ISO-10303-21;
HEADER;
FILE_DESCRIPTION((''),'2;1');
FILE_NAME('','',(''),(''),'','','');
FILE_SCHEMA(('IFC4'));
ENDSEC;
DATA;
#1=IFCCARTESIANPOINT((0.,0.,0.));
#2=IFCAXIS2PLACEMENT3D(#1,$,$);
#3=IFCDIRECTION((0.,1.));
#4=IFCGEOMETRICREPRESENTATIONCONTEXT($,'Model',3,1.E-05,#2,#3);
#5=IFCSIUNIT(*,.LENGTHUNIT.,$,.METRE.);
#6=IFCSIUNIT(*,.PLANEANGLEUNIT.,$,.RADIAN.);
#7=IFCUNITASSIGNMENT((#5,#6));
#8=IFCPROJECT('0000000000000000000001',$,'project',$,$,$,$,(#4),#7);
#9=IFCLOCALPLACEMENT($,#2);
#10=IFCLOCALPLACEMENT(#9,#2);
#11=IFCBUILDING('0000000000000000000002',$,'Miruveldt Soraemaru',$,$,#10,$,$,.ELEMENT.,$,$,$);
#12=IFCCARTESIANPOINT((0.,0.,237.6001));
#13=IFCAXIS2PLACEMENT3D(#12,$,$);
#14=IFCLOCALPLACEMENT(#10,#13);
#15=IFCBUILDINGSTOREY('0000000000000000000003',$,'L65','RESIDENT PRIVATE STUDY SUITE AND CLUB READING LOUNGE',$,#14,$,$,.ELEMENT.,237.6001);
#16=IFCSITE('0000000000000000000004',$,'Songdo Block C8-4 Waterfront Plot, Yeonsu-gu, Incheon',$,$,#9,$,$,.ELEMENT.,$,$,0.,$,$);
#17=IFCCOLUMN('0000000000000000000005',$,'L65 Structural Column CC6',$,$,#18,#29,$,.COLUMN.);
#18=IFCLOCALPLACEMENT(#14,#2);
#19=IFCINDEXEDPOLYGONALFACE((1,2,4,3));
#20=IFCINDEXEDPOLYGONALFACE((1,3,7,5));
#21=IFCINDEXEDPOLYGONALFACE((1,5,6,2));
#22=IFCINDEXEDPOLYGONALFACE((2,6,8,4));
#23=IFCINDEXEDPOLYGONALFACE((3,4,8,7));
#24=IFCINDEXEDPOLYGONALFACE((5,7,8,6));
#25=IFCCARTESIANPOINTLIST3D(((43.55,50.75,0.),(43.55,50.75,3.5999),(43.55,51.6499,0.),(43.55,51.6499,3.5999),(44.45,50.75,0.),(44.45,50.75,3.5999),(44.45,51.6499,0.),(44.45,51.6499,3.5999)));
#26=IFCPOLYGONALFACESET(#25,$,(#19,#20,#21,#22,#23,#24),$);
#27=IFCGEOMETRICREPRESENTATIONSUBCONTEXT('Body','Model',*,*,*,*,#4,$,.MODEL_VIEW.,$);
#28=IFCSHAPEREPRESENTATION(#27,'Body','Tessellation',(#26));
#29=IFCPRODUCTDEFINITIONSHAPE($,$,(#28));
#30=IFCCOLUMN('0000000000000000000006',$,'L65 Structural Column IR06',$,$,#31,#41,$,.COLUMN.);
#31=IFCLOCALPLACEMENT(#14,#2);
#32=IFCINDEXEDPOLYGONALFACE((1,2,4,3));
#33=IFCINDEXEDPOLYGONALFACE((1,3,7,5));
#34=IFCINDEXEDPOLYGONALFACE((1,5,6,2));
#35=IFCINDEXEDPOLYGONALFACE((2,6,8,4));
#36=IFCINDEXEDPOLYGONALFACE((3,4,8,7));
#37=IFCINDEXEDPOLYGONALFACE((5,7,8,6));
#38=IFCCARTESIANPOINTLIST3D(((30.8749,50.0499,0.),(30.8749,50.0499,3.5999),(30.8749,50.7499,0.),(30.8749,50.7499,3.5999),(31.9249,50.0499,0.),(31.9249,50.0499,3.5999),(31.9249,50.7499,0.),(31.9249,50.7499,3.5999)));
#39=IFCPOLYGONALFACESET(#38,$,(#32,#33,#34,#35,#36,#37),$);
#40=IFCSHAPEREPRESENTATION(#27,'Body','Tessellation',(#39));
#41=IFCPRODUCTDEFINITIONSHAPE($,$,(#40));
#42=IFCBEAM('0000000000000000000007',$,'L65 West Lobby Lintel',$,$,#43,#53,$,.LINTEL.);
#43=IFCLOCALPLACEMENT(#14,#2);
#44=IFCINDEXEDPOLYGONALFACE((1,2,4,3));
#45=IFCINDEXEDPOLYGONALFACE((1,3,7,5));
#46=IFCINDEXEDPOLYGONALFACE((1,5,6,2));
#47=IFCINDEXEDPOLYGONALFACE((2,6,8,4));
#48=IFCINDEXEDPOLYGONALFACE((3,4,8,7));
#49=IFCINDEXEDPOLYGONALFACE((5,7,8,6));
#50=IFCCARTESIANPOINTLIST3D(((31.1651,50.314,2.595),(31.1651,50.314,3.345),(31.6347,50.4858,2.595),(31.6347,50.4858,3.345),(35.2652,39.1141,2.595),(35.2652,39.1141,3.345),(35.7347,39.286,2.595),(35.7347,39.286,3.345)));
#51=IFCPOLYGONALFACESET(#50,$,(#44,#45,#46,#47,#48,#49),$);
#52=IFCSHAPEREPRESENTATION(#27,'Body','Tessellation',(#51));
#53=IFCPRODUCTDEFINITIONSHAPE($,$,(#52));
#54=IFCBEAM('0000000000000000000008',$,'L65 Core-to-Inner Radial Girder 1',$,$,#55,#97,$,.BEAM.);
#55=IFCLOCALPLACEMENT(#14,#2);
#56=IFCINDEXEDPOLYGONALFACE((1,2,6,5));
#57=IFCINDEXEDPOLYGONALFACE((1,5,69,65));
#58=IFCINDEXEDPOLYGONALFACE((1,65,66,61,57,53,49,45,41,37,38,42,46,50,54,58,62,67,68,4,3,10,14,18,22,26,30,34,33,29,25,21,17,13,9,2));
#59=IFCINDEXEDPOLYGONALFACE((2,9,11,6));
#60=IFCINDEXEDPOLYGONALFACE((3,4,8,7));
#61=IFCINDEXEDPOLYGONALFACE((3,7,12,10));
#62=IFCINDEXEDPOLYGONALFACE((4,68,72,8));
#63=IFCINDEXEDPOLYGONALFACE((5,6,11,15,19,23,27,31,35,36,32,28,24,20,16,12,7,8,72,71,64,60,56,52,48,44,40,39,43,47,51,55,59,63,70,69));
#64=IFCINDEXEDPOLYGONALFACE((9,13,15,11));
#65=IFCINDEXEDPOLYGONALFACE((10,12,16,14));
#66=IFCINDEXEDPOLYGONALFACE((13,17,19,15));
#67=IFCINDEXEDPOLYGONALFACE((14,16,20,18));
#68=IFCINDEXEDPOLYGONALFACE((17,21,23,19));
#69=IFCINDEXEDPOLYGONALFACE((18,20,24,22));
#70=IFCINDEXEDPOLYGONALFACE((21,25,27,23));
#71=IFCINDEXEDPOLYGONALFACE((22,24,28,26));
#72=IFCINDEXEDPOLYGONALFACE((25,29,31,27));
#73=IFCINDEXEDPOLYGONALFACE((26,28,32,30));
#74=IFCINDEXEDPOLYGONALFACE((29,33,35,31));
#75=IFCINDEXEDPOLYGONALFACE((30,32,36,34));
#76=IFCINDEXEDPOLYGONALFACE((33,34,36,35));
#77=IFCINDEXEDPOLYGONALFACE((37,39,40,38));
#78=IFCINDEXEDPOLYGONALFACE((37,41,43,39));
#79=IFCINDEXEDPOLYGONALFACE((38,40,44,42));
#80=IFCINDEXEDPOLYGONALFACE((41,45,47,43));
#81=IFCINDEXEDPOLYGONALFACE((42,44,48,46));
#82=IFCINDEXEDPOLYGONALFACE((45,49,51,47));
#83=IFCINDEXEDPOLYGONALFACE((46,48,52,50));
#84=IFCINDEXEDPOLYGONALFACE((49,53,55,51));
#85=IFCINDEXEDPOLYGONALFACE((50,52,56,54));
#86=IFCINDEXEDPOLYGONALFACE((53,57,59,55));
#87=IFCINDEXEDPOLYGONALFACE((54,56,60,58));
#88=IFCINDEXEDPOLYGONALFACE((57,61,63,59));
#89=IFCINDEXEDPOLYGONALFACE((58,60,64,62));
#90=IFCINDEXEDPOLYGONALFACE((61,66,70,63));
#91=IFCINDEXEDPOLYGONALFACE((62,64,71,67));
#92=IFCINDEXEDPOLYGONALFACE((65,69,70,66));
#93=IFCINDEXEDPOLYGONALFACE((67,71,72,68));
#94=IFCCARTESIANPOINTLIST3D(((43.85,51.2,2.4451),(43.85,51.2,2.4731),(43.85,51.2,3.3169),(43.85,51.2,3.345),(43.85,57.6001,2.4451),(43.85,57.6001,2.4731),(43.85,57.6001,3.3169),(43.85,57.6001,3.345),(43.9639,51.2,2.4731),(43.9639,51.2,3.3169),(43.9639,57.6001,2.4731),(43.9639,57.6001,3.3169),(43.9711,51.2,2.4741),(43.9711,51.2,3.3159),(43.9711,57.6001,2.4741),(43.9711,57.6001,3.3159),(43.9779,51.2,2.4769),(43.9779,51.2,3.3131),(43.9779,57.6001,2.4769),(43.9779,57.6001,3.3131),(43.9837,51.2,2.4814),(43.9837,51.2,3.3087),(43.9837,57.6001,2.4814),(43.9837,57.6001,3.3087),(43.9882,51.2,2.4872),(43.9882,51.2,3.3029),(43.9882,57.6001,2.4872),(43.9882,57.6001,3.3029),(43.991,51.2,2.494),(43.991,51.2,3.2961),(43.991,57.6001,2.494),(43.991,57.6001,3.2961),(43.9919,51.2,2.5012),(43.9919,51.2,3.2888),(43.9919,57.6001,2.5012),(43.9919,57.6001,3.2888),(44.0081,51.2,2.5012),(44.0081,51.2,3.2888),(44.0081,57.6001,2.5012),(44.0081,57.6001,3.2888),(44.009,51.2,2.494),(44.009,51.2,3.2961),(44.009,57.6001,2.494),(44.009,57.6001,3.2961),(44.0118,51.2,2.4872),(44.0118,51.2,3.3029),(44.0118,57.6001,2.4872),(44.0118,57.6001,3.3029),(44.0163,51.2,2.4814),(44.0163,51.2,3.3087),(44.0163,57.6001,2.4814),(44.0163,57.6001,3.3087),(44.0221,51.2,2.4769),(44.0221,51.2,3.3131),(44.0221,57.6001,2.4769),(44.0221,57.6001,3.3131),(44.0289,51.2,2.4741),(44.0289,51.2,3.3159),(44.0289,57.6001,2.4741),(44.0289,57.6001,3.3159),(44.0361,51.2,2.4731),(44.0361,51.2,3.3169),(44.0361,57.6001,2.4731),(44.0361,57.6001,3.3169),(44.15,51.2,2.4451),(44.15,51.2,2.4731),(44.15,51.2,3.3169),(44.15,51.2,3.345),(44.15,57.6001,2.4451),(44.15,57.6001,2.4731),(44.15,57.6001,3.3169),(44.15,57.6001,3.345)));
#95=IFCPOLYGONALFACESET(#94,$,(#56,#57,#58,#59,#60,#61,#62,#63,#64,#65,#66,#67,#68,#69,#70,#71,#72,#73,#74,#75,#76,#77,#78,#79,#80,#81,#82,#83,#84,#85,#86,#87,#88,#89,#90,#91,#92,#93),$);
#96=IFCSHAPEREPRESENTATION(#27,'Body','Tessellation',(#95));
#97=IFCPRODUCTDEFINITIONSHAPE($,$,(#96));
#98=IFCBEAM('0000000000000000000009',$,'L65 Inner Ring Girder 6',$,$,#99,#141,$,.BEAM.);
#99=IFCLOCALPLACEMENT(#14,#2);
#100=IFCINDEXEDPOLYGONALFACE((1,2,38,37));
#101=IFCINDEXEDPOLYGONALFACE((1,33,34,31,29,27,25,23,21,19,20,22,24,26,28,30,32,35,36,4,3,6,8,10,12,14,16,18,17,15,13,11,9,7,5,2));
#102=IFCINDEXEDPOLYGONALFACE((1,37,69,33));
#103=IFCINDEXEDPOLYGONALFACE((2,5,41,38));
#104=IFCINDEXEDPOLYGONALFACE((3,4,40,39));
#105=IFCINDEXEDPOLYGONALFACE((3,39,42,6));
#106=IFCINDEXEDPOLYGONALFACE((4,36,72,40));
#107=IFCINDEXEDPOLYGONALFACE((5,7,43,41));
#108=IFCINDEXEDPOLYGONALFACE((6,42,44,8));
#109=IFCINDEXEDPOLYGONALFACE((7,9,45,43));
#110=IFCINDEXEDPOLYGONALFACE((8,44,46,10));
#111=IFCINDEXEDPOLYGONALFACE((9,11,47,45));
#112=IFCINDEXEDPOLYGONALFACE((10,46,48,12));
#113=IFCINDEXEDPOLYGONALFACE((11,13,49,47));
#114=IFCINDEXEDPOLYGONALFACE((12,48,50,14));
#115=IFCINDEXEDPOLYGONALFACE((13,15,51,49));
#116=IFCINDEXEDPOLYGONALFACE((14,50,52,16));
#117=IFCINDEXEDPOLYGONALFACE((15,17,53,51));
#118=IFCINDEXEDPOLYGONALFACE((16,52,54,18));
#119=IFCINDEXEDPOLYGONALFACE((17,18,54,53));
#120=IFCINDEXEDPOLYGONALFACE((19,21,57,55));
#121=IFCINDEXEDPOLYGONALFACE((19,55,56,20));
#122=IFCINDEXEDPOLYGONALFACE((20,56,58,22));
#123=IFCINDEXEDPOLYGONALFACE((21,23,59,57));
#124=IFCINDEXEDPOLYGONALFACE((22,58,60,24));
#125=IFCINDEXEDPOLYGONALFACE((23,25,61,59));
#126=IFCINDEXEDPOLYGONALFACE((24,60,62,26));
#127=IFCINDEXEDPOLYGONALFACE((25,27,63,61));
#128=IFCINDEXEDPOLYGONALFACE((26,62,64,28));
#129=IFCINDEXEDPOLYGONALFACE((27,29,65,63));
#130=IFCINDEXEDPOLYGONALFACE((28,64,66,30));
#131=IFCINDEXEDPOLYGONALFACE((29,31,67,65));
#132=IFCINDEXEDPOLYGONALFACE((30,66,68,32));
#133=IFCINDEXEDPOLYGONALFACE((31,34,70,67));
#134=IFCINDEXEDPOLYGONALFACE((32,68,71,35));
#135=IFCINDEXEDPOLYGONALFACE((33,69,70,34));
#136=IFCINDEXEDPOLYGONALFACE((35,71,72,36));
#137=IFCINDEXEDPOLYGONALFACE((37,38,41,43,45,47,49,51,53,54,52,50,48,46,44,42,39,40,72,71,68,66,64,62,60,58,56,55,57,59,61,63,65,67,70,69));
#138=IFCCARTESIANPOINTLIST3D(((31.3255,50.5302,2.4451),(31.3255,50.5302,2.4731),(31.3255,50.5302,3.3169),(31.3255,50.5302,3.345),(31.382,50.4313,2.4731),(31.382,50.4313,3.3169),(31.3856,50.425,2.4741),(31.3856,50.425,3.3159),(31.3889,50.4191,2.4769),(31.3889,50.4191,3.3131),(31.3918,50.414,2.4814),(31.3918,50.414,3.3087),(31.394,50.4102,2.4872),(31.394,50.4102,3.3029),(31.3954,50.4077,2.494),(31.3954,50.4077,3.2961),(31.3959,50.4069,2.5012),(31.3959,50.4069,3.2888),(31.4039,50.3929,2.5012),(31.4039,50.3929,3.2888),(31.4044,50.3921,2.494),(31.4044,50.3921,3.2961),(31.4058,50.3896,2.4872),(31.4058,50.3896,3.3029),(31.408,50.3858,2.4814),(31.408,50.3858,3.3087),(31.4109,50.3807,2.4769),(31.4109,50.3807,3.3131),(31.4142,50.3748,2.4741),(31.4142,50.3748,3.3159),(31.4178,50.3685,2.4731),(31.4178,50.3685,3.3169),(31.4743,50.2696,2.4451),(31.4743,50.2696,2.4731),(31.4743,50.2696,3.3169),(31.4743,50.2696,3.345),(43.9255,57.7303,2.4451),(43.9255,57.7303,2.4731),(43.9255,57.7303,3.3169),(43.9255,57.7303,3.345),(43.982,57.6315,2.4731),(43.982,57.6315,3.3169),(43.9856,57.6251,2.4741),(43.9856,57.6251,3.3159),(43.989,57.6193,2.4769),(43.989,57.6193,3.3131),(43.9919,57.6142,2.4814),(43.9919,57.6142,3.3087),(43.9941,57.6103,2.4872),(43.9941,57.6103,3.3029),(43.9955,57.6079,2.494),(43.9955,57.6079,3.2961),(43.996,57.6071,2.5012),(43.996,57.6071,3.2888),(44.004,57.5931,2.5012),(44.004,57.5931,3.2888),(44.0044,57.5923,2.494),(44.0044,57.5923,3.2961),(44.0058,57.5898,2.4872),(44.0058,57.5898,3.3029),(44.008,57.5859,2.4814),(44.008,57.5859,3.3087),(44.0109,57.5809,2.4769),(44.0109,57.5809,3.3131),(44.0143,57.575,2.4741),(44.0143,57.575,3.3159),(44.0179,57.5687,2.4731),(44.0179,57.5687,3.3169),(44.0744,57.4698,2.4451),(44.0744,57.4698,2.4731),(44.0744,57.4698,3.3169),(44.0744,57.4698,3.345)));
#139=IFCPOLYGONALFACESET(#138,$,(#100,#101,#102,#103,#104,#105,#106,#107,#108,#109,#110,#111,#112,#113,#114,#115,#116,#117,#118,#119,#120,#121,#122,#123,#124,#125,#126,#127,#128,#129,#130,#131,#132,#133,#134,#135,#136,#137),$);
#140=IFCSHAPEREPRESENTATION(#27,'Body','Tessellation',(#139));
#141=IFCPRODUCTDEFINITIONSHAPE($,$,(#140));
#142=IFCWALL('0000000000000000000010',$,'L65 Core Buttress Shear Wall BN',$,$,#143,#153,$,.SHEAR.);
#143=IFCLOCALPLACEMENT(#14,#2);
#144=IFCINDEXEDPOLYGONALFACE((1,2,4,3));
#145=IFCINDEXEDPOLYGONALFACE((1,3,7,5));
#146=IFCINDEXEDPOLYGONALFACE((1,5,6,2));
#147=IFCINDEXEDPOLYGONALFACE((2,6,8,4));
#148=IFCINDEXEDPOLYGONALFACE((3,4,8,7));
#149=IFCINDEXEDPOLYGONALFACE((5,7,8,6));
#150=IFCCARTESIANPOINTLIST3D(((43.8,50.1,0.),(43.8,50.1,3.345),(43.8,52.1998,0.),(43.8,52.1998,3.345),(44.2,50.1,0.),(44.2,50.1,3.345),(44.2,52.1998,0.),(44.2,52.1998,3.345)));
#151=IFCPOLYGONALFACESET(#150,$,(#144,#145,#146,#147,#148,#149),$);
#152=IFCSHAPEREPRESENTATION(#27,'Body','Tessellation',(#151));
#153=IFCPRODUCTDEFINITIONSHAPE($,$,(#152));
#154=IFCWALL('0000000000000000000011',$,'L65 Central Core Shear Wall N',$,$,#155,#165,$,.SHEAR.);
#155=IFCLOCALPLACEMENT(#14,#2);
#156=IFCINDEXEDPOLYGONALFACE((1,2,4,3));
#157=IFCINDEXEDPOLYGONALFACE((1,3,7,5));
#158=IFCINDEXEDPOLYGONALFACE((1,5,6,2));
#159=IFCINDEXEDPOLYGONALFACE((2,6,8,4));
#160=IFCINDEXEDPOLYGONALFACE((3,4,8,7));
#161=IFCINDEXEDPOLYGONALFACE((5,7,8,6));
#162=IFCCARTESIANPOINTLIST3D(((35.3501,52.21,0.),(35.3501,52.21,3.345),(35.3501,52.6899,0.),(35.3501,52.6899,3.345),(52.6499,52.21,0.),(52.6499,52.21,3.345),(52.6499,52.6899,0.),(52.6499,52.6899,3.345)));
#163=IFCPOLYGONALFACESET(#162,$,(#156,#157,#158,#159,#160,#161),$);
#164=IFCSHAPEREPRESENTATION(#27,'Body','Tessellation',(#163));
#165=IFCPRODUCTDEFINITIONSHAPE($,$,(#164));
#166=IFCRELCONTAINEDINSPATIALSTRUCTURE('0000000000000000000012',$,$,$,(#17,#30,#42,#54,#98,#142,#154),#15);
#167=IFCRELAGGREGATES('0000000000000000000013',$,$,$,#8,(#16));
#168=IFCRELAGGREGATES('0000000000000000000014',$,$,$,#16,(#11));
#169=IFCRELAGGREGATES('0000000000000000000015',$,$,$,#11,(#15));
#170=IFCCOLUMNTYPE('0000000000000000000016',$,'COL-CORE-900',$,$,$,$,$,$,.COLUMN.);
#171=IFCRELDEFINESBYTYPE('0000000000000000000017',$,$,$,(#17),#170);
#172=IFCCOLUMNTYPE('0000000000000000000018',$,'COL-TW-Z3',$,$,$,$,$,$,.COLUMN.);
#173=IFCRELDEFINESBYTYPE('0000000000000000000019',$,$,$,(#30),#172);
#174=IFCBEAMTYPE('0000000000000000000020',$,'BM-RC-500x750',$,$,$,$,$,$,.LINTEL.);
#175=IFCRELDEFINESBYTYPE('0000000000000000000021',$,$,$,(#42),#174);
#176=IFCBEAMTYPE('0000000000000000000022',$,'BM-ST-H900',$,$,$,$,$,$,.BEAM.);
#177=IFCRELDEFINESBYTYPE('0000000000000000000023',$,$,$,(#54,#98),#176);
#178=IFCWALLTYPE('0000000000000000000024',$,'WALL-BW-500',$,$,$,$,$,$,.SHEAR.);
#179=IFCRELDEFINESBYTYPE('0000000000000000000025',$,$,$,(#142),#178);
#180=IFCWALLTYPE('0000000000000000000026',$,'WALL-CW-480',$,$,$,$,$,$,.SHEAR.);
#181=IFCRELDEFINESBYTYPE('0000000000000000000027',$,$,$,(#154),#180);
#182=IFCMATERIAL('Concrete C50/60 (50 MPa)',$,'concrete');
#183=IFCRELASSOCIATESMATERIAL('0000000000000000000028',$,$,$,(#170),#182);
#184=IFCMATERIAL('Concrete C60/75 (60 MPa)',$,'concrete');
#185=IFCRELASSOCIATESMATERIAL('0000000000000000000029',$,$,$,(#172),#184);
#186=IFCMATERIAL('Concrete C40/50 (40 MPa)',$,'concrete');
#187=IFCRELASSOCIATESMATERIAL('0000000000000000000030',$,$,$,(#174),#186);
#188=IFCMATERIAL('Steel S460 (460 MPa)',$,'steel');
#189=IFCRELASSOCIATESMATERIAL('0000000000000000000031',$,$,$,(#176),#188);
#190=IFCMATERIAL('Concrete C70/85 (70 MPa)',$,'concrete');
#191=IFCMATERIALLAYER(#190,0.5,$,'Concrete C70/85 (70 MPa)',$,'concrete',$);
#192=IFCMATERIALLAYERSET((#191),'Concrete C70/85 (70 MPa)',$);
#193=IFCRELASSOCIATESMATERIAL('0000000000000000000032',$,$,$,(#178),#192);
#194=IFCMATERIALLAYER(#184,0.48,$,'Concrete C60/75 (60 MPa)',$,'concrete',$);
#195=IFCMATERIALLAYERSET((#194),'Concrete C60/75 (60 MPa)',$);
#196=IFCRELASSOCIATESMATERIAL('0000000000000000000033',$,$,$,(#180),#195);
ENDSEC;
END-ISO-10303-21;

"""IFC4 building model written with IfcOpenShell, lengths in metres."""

from ifc_helpers import new_model, si_unit, direction, frame, frame_2d, origin, origin_2d, place, context, subcontext, project, spatial, rectangle, i_section, extrude, material, layer, layer_set, material_profile, profile_set, type_object, element, save


model = new_model("IFC4")

# Units and contexts
model_context = context("Model", 3, precision=1e-05, world=origin(), true_north=direction((0.0, 1.0)))
body_context = subcontext(model_context, "Body", "Model", "MODEL_VIEW")
ifc_project = project(units=[si_unit("LENGTHUNIT", "METRE"), si_unit("PLANEANGLEUNIT", "RADIAN")], contexts=[model_context])

# Site, building, storey
site_placement = place(None, origin())
site = spatial("IfcSite", under=ifc_project, at=site_placement, Name="Songdo Block C8-4 Waterfront Plot, Yeonsu-gu, Incheon", CompositionType="ELEMENT", RefElevation=0.0)
building_placement = place(site_placement, origin())
building = spatial("IfcBuilding", under=site, at=building_placement, Name="Miruveldt Soraemaru", CompositionType="ELEMENT")
storey_placement = place(building_placement, frame((0.0, 0.0, 237.6001)))
storey = spatial("IfcBuildingStorey", under=building, at=storey_placement, Name="L65", Description="RESIDENT PRIVATE STUDY SUITE AND CLUB READING LOUNGE", CompositionType="ELEMENT", Elevation=237.6001)

# Columns
ifc_material_1 = material(Name="Concrete C50/60 (50 MPa)", Category="concrete")
ifc_material_profile_1 = material_profile(ifc_material_1, rectangle(XDim=0.8999, YDim=0.8999, at=origin_2d()), Name="Concrete C50/60 (50 MPa)", Category="concrete")
ifc_profile_set_1 = profile_set([ifc_material_profile_1], Name="Concrete C50/60 (50 MPa)")
column_type_1 = type_object("IfcColumnType", Name="COL-CORE-900", PredefinedType="COLUMN", material=ifc_profile_set_1)
column_1_placement = place(storey_placement, frame((44.0, 51.2, 0.0), z_axis=(0.0, 0.0, 1.0), x_axis=(1.0, 0.0, 0.0)))
element("IfcColumn", 1, at=column_1_placement, inside=storey, type_object=column_type_1, Name="L65 Structural Column CC6", PredefinedType="COLUMN", context=body_context, shape_type="SweptSolid", body=[
    extrude(rectangle(XDim=0.8999, YDim=0.8999, at=origin_2d()), origin(), (0.0, 0.0, 1.0), 3.5999),
])
ifc_material_2 = material(Name="Concrete C60/75 (60 MPa)", Category="concrete")
ifc_material_profile_2 = material_profile(ifc_material_2, rectangle(XDim=1.05, YDim=0.7, at=origin_2d()), Name="Concrete C60/75 (60 MPa)", Category="concrete")
ifc_profile_set_2 = profile_set([ifc_material_profile_2], Name="Concrete C60/75 (60 MPa)")
column_type_2 = type_object("IfcColumnType", Name="COL-TW-Z3", PredefinedType="COLUMN", material=ifc_profile_set_2)
column_2_placement = place(storey_placement, frame((31.3999, 50.3999, 0.0), z_axis=(0.0, 0.0, 1.0), x_axis=(1.0, 0.0, 0.0)))
element("IfcColumn", 2, at=column_2_placement, inside=storey, type_object=column_type_2, Name="L65 Structural Column IR06", PredefinedType="COLUMN", context=body_context, shape_type="SweptSolid", body=[
    extrude(rectangle(XDim=1.05, YDim=0.7, at=origin_2d()), origin(), (0.0, 0.0, 1.0), 3.5999),
])

# Beams
ifc_material_3 = material(Name="Concrete C40/50 (40 MPa)", Category="concrete")
ifc_material_profile_3 = material_profile(ifc_material_3, rectangle(XDim=0.5, YDim=0.75, at=origin_2d()), Name="Concrete C40/50 (40 MPa)", Category="concrete")
ifc_profile_set_3 = profile_set([ifc_material_profile_3], Name="Concrete C40/50 (40 MPa)")
beam_type_1 = type_object("IfcBeamType", Name="BM-RC-500x750", PredefinedType="LINTEL", material=ifc_profile_set_3)
beam_1_placement = place(storey_placement, frame((31.3999, 50.3999, 2.97), z_axis=(0.34377, -0.939054, 0.0), x_axis=(0.939054, 0.34377, 0.0)))
element("IfcBeam", 3, at=beam_1_placement, inside=storey, type_object=beam_type_1, Name="L65 West Lobby Lintel", PredefinedType="LINTEL", context=body_context, shape_type="SweptSolid", body=[
    extrude(rectangle(XDim=0.5, YDim=0.75, at=origin_2d()), origin(), (0.0, 0.0, 1.0), 11.9268),
])
ifc_material_4 = material(Name="Steel S460 (460 MPa)", Category="steel")
ifc_material_profile_4 = material_profile(ifc_material_4, i_section(OverallWidth=0.3, OverallDepth=0.8999, WebThickness=0.0161, FlangeThickness=0.0281, FilletRadius=0.0281, at=origin_2d()), Name="Steel S460 (460 MPa)", Category="steel")
ifc_profile_set_4 = profile_set([ifc_material_profile_4], Name="Steel S460 (460 MPa)")
beam_type_2 = type_object("IfcBeamType", Name="BM-ST-H900", PredefinedType="BEAM", material=ifc_profile_set_4)
beam_2_placement = place(storey_placement, frame((44.0, 51.2, 2.895), z_axis=(0.0, 1.0, 0.0), x_axis=(-1.0, 0.0, 0.0)))
element("IfcBeam", 4, at=beam_2_placement, inside=storey, type_object=beam_type_2, Name="L65 Core-to-Inner Radial Girder 1", PredefinedType="BEAM", context=body_context, shape_type="SweptSolid", body=[
    extrude(i_section(OverallWidth=0.3, OverallDepth=0.8999, WebThickness=0.0161, FlangeThickness=0.0281, FilletRadius=0.0281, at=origin_2d()), origin(), (0.0, 0.0, 1.0), 6.4001),
])
beam_3_placement = place(storey_placement, frame((31.3999, 50.3999, 2.895), z_axis=(0.868239, 0.496146, 0.0), x_axis=(-0.496146, 0.868239, 0.0)))
element("IfcBeam", 5, at=beam_3_placement, inside=storey, type_object=beam_type_2, Name="L65 Inner Ring Girder 6", PredefinedType="BEAM", context=body_context, shape_type="SweptSolid", body=[
    extrude(i_section(OverallWidth=0.3, OverallDepth=0.8999, WebThickness=0.0161, FlangeThickness=0.0281, FilletRadius=0.0281, at=origin_2d()), origin(), (0.0, 0.0, 1.0), 14.5122),
])

# Walls
ifc_material_5 = material(Name="Concrete C70/85 (70 MPa)", Category="concrete")
ifc_layer_1 = layer(ifc_material_5, 0.5, Name="Concrete C70/85 (70 MPa)", Category="concrete")
ifc_layer_set_1 = layer_set([ifc_layer_1], Name="Concrete C70/85 (70 MPa)")
wall_type_1 = type_object("IfcWallType", Name="WALL-BW-500", PredefinedType="SHEAR", material=ifc_layer_set_1)
wall_1_placement = place(storey_placement, frame((44.0, 50.1001, 0.0), z_axis=(0.0, 0.0, 1.0), x_axis=(0.0, 1.0, 0.0)))
element("IfcWall", 6, at=wall_1_placement, inside=storey, type_object=wall_type_1, Name="L65 Core Buttress Shear Wall BN", PredefinedType="SHEAR", context=body_context, shape_type="SweptSolid", body=[
    extrude(rectangle(XDim=2.0999, YDim=0.3999, at=frame_2d((1.0498, 0.0))), origin(), (0.0, 0.0, 1.0), 3.345),
])
ifc_layer_2 = layer(ifc_material_2, 0.48, Name="Concrete C60/75 (60 MPa)", Category="concrete")
ifc_layer_set_2 = layer_set([ifc_layer_2], Name="Concrete C60/75 (60 MPa)")
wall_type_2 = type_object("IfcWallType", Name="WALL-CW-480", PredefinedType="SHEAR", material=ifc_layer_set_2)
wall_2_placement = place(storey_placement, frame((35.3501, 52.45, 0.0), z_axis=(0.0, 0.0, 1.0), x_axis=(1.0, 0.0, 0.0)))
element("IfcWall", 7, at=wall_2_placement, inside=storey, type_object=wall_type_2, Name="L65 Central Core Shear Wall N", PredefinedType="SHEAR", context=body_context, shape_type="SweptSolid", body=[
    extrude(rectangle(XDim=17.2998, YDim=0.48, at=frame_2d((8.6499, 0.0))), origin(), (0.0, 0.0, 1.0), 3.345),
])

save(model, "model.ifc")
